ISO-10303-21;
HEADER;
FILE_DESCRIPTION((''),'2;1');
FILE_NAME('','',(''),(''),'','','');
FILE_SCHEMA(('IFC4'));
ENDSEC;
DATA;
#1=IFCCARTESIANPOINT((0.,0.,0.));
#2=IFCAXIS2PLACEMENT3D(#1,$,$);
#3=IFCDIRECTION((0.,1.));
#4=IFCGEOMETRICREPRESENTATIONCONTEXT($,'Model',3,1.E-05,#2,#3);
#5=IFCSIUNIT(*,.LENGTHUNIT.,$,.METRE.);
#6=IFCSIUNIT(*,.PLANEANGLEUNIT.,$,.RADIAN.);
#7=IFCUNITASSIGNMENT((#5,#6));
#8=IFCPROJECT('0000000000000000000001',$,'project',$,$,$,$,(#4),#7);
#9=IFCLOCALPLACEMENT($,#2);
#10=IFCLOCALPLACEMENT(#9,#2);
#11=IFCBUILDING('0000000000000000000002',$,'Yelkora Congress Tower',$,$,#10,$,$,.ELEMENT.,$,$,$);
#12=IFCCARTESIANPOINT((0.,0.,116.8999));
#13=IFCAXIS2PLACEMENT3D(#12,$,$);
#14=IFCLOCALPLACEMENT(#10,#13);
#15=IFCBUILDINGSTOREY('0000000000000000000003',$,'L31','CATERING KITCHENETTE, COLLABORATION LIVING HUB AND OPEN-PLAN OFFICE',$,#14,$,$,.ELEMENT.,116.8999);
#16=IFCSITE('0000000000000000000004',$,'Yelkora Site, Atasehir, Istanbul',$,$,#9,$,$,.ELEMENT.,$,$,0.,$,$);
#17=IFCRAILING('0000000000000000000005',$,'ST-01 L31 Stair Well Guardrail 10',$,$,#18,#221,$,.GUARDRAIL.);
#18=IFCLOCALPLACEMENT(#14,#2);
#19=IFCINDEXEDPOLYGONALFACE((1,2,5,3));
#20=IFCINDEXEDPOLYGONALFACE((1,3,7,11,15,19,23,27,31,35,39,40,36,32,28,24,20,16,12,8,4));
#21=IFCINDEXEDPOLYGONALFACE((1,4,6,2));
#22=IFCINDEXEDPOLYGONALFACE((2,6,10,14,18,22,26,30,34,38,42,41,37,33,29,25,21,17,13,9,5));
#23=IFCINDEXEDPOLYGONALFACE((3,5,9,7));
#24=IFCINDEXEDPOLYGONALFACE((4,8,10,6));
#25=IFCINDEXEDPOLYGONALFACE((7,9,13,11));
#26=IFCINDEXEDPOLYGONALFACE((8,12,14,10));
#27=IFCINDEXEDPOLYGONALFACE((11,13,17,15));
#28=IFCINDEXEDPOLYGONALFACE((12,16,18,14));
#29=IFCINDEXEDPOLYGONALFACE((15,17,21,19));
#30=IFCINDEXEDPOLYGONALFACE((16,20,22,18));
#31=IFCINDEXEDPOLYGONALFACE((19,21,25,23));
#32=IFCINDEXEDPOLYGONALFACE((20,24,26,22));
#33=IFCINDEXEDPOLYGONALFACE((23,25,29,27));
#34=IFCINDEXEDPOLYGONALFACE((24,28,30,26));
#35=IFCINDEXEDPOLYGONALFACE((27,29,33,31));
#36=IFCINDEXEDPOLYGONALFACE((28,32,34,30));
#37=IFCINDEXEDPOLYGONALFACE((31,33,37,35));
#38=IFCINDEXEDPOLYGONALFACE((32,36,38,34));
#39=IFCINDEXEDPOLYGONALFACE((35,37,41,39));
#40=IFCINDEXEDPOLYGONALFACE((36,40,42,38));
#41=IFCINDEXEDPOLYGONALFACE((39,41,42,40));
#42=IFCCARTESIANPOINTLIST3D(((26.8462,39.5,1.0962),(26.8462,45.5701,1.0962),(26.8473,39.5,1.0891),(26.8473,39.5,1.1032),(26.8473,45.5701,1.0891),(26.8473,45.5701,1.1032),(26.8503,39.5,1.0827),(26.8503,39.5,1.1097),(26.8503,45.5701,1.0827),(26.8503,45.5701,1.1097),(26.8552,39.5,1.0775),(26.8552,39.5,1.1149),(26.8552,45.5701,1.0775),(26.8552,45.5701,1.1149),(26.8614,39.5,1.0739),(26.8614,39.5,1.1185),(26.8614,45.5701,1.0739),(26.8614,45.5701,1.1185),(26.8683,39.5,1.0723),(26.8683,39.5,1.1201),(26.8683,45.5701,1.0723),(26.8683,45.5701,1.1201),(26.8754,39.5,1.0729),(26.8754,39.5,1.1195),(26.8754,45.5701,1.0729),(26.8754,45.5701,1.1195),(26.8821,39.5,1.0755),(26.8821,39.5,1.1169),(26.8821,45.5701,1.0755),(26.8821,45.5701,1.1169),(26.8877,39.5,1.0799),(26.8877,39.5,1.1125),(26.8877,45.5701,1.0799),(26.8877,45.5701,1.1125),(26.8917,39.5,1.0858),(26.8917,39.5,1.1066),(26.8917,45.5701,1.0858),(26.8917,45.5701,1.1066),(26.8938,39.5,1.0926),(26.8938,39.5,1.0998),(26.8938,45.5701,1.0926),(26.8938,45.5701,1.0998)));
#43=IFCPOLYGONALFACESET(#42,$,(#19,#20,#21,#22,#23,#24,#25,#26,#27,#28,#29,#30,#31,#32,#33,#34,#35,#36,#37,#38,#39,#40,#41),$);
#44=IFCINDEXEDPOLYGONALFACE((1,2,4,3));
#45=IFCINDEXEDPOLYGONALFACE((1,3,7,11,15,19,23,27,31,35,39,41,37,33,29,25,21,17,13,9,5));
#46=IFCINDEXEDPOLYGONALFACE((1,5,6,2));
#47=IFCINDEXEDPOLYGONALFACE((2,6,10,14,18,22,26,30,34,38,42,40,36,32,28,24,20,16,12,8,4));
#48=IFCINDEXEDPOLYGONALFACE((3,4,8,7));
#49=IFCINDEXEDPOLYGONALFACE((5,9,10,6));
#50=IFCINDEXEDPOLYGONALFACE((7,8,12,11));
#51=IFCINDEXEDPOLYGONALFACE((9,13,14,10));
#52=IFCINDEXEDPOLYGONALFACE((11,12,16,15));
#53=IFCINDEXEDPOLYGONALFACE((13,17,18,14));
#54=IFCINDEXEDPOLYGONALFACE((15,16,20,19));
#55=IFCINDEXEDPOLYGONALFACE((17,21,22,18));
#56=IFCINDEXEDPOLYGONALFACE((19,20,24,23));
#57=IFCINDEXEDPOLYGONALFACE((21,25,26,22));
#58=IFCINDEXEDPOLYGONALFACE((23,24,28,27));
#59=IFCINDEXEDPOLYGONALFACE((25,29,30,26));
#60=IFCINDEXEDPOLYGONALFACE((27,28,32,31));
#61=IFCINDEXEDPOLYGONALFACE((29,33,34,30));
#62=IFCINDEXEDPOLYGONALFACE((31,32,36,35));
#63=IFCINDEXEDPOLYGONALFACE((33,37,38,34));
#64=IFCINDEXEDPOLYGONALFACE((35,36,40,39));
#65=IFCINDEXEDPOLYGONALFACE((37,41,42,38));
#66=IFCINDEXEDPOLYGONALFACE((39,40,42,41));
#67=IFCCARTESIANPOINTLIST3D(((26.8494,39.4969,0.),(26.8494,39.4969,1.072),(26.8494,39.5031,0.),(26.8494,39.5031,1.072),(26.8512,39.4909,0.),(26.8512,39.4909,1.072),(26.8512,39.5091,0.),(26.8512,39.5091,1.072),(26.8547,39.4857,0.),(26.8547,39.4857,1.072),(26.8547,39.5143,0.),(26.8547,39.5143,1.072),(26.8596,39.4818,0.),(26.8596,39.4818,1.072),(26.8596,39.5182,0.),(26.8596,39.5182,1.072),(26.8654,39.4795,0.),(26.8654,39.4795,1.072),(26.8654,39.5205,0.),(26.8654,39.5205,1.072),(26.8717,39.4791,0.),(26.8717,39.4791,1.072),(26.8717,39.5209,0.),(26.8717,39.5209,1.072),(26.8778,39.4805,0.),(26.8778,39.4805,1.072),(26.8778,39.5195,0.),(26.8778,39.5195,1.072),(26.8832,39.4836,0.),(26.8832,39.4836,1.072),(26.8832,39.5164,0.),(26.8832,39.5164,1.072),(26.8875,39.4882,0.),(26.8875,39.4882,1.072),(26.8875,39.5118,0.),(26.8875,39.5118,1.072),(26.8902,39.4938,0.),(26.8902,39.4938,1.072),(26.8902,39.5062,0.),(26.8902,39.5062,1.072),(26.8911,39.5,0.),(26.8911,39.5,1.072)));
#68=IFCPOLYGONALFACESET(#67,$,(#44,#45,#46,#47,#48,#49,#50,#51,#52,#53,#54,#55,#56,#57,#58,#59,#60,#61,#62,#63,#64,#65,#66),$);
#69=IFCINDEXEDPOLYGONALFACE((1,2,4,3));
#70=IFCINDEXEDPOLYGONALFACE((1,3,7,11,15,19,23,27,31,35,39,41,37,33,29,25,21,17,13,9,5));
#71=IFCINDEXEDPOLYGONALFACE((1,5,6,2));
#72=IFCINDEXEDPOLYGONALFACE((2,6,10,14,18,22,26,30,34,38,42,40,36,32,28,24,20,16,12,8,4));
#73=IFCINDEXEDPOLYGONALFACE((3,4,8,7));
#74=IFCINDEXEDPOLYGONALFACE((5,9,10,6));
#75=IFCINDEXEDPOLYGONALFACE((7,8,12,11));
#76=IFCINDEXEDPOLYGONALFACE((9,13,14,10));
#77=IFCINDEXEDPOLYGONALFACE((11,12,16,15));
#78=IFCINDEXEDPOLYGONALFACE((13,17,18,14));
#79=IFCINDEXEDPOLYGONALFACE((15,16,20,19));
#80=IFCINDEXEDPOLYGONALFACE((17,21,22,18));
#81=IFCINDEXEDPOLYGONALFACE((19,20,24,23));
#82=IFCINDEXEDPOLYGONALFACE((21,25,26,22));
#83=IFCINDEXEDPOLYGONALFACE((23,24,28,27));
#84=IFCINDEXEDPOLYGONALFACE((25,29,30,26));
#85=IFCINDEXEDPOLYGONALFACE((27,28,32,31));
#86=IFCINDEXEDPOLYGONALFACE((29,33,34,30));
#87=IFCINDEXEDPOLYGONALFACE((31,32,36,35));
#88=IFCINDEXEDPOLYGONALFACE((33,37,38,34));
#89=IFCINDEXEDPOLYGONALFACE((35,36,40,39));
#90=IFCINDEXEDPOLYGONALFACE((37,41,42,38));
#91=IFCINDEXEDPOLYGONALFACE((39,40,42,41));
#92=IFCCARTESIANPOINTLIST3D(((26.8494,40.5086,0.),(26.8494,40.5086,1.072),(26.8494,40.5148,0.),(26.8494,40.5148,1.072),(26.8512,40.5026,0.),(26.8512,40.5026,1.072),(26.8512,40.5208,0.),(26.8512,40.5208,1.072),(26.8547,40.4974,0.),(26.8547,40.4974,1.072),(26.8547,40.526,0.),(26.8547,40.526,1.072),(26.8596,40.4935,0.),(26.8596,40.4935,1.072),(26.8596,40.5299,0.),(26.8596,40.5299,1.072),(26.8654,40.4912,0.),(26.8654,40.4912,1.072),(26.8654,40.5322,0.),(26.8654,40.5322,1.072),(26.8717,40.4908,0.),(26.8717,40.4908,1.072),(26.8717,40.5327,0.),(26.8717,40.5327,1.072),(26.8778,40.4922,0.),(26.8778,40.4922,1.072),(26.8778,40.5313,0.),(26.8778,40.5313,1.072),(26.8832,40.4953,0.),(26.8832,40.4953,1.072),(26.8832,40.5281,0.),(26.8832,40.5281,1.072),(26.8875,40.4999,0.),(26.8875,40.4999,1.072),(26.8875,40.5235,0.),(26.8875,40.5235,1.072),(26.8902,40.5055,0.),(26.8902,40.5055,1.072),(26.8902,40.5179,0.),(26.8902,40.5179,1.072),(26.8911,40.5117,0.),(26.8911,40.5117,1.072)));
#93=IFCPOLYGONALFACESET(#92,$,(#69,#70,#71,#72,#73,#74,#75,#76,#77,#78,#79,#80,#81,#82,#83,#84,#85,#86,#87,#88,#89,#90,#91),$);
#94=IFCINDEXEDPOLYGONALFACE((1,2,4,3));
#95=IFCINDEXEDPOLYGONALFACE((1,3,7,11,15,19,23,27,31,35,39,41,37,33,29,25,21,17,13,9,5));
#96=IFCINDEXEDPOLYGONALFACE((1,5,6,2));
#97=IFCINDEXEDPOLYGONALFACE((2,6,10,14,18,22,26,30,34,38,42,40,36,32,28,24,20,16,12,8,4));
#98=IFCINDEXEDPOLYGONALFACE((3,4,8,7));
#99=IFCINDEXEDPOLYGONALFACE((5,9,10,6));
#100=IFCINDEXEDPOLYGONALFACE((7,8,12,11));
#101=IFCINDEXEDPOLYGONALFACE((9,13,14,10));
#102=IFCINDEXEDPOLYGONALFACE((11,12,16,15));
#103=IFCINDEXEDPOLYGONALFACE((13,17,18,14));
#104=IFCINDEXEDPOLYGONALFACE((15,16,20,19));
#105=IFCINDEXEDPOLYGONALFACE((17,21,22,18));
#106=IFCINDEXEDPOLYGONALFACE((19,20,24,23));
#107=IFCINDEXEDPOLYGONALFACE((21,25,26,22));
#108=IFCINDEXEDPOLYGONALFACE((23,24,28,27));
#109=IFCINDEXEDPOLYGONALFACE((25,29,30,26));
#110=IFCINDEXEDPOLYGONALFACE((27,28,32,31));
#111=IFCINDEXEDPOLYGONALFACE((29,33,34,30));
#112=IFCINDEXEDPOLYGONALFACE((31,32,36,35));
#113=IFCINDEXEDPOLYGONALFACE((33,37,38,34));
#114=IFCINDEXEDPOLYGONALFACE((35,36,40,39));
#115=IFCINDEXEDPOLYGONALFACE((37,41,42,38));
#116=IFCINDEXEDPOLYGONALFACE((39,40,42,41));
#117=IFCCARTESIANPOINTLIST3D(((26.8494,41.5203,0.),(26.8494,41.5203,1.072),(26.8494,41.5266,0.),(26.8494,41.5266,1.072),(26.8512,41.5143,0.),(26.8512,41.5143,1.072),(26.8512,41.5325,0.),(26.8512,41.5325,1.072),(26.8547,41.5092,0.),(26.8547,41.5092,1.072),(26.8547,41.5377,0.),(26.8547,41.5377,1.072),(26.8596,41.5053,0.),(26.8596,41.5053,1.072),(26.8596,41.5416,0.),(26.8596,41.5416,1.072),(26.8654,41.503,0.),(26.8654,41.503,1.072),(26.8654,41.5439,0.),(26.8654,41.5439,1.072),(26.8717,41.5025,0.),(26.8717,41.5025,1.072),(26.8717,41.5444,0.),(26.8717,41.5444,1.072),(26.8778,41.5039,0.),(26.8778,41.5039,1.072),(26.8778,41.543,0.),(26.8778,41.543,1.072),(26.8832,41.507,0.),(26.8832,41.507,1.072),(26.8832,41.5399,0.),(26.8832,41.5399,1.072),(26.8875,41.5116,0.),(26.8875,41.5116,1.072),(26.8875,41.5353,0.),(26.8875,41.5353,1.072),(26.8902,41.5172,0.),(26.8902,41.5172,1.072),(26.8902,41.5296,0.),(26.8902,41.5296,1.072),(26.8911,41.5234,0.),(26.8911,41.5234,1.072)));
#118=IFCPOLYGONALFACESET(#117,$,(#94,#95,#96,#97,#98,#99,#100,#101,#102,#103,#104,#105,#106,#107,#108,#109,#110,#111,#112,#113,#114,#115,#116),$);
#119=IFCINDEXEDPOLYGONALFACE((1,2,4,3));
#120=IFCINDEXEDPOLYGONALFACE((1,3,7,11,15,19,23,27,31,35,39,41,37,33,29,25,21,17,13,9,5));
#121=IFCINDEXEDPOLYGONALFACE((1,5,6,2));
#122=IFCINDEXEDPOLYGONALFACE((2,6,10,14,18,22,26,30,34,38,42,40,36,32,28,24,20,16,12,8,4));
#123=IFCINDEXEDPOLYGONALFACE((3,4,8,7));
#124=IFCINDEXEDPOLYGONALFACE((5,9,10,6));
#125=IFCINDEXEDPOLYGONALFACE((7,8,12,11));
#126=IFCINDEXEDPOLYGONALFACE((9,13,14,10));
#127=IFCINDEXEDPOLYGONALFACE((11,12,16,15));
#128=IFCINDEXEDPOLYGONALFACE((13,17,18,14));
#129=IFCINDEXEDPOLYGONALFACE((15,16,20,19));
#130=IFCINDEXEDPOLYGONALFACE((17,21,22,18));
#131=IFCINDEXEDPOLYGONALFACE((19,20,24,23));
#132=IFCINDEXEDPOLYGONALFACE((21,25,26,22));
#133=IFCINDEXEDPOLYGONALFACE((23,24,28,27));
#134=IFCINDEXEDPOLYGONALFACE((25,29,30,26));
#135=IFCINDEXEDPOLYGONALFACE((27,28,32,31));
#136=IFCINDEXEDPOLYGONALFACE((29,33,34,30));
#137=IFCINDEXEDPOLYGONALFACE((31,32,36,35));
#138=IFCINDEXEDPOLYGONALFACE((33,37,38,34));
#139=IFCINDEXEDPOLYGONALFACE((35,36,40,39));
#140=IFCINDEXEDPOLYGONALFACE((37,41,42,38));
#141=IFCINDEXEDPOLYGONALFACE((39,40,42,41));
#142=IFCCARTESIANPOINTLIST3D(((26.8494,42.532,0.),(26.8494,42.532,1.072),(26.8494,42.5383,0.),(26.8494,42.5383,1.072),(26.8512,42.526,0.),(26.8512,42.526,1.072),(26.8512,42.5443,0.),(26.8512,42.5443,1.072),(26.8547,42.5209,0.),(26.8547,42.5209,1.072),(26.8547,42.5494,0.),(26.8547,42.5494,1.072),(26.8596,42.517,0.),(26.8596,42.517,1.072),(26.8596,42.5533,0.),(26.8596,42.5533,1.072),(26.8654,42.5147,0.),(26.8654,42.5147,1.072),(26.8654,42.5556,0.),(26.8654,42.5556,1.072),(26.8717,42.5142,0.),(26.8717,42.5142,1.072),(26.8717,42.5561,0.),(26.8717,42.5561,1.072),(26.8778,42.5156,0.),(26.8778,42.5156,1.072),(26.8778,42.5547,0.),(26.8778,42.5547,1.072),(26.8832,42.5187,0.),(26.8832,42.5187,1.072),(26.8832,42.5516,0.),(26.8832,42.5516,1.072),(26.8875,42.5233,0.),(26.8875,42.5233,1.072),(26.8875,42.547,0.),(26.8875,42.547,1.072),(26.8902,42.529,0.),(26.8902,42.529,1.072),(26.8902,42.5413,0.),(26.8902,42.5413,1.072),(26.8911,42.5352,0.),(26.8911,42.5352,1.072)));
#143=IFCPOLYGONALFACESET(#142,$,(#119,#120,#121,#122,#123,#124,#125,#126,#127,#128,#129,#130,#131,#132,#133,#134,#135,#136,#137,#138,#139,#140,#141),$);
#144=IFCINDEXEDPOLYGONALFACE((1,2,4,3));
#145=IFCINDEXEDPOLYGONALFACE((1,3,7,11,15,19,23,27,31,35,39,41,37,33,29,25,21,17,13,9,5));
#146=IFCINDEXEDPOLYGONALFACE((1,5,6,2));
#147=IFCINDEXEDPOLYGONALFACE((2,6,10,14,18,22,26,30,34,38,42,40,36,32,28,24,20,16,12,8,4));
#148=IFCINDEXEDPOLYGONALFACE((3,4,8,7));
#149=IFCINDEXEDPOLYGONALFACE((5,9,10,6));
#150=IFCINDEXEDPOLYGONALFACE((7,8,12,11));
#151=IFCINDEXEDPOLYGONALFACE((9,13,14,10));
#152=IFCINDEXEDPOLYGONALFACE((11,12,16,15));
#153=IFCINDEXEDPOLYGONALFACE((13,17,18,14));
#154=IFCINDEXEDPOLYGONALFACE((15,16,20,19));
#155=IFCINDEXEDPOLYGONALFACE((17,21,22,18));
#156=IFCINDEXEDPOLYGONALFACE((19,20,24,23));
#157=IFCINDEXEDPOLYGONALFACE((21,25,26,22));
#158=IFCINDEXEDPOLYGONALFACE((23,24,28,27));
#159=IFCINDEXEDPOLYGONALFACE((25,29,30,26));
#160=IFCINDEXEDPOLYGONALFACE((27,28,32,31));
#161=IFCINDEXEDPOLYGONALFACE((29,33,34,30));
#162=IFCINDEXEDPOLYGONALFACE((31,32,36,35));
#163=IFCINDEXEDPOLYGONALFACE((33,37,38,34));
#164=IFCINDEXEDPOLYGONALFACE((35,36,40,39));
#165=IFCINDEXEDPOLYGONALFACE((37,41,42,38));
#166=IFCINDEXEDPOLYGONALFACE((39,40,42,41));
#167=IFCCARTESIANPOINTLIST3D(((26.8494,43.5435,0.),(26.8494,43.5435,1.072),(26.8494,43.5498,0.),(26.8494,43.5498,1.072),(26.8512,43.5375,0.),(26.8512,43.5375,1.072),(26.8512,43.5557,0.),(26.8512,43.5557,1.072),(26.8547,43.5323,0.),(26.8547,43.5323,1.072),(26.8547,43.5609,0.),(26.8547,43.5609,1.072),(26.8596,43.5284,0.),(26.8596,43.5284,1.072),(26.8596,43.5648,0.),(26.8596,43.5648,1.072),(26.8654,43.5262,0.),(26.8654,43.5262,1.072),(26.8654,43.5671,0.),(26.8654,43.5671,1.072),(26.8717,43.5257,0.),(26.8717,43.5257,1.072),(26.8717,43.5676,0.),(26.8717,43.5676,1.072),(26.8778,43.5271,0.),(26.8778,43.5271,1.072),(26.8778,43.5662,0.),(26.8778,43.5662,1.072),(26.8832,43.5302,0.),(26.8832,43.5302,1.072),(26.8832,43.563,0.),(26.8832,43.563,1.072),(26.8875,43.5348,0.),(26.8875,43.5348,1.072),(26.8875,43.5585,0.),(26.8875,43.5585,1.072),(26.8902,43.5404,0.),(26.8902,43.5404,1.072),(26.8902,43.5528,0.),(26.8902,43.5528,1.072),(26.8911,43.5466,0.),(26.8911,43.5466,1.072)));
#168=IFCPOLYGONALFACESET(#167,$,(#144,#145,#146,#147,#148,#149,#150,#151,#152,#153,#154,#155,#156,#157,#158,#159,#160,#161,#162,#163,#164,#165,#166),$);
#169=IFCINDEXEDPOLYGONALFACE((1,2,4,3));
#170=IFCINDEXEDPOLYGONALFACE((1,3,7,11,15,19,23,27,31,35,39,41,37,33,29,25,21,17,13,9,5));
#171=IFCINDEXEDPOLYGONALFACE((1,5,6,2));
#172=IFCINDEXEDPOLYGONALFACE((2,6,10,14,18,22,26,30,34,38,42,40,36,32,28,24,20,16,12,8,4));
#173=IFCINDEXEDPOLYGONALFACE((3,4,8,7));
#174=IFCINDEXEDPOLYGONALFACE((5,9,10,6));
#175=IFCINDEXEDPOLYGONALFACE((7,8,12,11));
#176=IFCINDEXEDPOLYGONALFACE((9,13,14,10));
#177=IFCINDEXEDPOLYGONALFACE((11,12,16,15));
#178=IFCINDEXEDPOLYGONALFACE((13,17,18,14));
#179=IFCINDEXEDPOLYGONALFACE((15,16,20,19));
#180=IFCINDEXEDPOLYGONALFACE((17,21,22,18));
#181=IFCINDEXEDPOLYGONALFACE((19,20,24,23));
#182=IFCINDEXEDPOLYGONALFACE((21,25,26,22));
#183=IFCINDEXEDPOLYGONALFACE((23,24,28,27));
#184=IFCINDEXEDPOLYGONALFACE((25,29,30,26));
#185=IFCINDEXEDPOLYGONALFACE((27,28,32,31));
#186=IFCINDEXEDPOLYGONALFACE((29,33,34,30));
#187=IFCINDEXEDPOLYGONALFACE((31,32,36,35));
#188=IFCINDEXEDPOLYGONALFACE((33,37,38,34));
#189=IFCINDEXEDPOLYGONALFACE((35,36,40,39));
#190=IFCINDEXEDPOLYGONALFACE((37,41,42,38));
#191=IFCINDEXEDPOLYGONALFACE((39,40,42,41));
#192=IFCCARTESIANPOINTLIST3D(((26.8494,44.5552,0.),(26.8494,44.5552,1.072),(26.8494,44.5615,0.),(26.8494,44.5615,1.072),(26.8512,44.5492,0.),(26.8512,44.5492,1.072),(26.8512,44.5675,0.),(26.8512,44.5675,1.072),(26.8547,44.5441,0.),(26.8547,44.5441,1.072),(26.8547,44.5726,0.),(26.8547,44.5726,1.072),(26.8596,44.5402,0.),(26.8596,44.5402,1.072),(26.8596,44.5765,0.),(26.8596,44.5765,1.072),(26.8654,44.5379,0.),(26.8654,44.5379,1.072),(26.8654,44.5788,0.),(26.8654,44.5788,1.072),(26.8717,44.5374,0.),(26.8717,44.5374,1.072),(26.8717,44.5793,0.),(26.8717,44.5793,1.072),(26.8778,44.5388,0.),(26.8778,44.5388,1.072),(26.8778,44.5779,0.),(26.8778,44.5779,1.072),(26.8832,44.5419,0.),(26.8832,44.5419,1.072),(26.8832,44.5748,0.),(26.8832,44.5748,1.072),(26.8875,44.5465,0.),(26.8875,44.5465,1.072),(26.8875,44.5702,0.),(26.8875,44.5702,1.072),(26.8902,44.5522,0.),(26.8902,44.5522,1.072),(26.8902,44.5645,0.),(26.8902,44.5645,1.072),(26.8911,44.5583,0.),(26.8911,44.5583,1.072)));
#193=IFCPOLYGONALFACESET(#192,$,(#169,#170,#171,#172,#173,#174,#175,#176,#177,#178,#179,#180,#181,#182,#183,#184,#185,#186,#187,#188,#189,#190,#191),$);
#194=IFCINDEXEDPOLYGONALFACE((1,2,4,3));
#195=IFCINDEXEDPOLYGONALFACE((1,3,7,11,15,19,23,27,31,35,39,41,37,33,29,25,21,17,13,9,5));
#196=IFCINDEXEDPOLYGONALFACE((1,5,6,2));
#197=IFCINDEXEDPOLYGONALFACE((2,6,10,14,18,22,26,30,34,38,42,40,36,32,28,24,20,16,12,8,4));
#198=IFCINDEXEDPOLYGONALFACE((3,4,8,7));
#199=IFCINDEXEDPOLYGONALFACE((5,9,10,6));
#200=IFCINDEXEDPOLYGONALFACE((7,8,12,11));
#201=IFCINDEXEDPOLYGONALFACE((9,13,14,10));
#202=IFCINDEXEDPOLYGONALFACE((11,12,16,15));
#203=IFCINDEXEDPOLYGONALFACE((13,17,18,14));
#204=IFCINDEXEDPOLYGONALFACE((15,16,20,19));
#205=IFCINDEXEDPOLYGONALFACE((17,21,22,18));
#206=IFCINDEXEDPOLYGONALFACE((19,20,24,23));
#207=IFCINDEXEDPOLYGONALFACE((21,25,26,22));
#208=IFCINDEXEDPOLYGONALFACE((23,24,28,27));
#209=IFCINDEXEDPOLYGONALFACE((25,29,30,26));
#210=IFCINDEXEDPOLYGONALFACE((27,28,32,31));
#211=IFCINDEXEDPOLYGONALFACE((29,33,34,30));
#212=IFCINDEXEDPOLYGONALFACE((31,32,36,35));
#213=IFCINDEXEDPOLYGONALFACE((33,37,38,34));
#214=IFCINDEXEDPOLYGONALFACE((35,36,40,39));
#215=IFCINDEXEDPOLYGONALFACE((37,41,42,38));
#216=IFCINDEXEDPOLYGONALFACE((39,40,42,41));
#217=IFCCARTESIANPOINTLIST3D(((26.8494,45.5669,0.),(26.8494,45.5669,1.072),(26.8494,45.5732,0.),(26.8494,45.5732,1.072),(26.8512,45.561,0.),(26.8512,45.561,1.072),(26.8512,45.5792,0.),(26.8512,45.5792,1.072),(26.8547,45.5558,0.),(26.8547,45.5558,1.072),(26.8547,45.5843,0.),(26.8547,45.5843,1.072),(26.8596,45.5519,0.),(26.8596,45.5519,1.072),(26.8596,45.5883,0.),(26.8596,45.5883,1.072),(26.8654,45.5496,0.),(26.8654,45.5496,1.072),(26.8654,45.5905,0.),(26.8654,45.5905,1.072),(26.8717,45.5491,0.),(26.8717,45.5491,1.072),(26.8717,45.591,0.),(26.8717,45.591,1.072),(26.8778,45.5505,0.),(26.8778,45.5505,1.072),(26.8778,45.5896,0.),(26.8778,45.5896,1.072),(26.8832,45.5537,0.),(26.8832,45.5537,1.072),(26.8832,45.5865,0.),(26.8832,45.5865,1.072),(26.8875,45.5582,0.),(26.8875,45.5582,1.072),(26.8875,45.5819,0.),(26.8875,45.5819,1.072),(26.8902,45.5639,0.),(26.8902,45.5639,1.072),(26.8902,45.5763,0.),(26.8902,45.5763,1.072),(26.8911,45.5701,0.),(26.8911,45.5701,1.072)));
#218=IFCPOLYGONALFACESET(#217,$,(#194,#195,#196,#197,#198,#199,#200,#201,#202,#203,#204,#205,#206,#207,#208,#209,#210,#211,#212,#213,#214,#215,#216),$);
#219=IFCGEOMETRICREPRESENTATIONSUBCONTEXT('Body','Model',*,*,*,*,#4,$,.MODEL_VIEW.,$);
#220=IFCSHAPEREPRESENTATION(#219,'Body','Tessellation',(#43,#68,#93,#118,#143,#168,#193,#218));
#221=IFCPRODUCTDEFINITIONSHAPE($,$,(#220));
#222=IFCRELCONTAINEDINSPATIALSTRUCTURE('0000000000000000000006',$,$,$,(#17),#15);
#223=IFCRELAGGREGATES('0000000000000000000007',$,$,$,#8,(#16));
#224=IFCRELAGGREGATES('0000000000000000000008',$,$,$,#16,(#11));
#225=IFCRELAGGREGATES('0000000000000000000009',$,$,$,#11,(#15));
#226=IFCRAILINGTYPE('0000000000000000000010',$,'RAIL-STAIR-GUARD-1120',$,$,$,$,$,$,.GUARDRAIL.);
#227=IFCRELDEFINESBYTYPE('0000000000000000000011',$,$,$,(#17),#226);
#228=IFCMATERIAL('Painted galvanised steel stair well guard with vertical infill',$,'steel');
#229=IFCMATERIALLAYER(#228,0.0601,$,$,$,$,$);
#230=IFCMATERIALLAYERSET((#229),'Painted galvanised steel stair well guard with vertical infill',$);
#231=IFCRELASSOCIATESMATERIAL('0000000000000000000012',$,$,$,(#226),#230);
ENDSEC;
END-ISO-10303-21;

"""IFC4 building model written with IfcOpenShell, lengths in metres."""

from ifc_helpers import new_model, si_unit, direction, frame, origin, origin_2d, place, context, subcontext, project, spatial, circle, extrude, material, layer, layer_set, type_object, element, save


model = new_model("IFC4")

# Units and contexts
model_context = context("Model", 3, precision=1e-05, world=origin(), true_north=direction((0.0, 1.0)))
body_context = subcontext(model_context, "Body", "Model", "MODEL_VIEW")
ifc_project = project(units=[si_unit("LENGTHUNIT", "METRE"), si_unit("PLANEANGLEUNIT", "RADIAN")], contexts=[model_context])

# Site, building, storey
site_placement = place(None, origin())
site = spatial("IfcSite", under=ifc_project, at=site_placement, Name="Yelkora Site, Atasehir, Istanbul", CompositionType="ELEMENT", RefElevation=0.0)
building_placement = place(site_placement, origin())
building = spatial("IfcBuilding", under=site, at=building_placement, Name="Yelkora Congress Tower", CompositionType="ELEMENT")
storey_placement = place(building_placement, frame((0.0, 0.0, 116.8999)))
storey = spatial("IfcBuildingStorey", under=building, at=storey_placement, Name="L31", Description="CATERING KITCHENETTE, COLLABORATION LIVING HUB AND OPEN-PLAN OFFICE", CompositionType="ELEMENT", Elevation=116.8999)

# Railing
ifc_material_1 = material(Name="Painted galvanised steel stair well guard with vertical infill", Category="steel")
ifc_layer_1 = layer(ifc_material_1, 0.0601)
ifc_layer_set_1 = layer_set([ifc_layer_1], Name="Painted galvanised steel stair well guard with vertical infill")
railing_type_1 = type_object("IfcRailingType", Name="RAIL-STAIR-GUARD-1120", PredefinedType="GUARDRAIL", material=ifc_layer_set_1)
railing_1_placement = place(storey_placement, frame((26.8701, 39.5, 0.0)))
element("IfcRailing", 1, at=railing_1_placement, inside=storey, type_object=railing_type_1, Name="ST-01 L31 Stair Well Guardrail 10", PredefinedType="GUARDRAIL", context=body_context, shape_type="SweptSolid", body=[
    extrude(circle(Radius=0.0239, at=origin_2d()), frame((0.0, 0.0, 1.0962), z_axis=(0.0, 1.0, 0.0), x_axis=(-1.0, 0.0, 0.0)), (0.0, 0.0, 1.0), 6.0701),
    extrude(circle(Radius=0.021, at=origin_2d()), origin(), (0.0, 0.0, 1.0), 1.072),
    extrude(circle(Radius=0.021, at=origin_2d()), frame((0.0, 1.0117, 0.0)), (0.0, 0.0, 1.0), 1.072),
    extrude(circle(Radius=0.021, at=origin_2d()), frame((0.0, 2.0234, 0.0)), (0.0, 0.0, 1.0), 1.072),
    extrude(circle(Radius=0.021, at=origin_2d()), frame((0.0, 3.0352, 0.0)), (0.0, 0.0, 1.0), 1.072),
    extrude(circle(Radius=0.021, at=origin_2d()), frame((0.0, 4.0466, 0.0)), (0.0, 0.0, 1.0), 1.072),
    extrude(circle(Radius=0.021, at=origin_2d()), frame((0.0, 5.0583, 0.0)), (0.0, 0.0, 1.0), 1.072),
    extrude(circle(Radius=0.021, at=origin_2d()), frame((0.0, 6.0701, 0.0)), (0.0, 0.0, 1.0), 1.072),
])

save(model, "model.ifc")
